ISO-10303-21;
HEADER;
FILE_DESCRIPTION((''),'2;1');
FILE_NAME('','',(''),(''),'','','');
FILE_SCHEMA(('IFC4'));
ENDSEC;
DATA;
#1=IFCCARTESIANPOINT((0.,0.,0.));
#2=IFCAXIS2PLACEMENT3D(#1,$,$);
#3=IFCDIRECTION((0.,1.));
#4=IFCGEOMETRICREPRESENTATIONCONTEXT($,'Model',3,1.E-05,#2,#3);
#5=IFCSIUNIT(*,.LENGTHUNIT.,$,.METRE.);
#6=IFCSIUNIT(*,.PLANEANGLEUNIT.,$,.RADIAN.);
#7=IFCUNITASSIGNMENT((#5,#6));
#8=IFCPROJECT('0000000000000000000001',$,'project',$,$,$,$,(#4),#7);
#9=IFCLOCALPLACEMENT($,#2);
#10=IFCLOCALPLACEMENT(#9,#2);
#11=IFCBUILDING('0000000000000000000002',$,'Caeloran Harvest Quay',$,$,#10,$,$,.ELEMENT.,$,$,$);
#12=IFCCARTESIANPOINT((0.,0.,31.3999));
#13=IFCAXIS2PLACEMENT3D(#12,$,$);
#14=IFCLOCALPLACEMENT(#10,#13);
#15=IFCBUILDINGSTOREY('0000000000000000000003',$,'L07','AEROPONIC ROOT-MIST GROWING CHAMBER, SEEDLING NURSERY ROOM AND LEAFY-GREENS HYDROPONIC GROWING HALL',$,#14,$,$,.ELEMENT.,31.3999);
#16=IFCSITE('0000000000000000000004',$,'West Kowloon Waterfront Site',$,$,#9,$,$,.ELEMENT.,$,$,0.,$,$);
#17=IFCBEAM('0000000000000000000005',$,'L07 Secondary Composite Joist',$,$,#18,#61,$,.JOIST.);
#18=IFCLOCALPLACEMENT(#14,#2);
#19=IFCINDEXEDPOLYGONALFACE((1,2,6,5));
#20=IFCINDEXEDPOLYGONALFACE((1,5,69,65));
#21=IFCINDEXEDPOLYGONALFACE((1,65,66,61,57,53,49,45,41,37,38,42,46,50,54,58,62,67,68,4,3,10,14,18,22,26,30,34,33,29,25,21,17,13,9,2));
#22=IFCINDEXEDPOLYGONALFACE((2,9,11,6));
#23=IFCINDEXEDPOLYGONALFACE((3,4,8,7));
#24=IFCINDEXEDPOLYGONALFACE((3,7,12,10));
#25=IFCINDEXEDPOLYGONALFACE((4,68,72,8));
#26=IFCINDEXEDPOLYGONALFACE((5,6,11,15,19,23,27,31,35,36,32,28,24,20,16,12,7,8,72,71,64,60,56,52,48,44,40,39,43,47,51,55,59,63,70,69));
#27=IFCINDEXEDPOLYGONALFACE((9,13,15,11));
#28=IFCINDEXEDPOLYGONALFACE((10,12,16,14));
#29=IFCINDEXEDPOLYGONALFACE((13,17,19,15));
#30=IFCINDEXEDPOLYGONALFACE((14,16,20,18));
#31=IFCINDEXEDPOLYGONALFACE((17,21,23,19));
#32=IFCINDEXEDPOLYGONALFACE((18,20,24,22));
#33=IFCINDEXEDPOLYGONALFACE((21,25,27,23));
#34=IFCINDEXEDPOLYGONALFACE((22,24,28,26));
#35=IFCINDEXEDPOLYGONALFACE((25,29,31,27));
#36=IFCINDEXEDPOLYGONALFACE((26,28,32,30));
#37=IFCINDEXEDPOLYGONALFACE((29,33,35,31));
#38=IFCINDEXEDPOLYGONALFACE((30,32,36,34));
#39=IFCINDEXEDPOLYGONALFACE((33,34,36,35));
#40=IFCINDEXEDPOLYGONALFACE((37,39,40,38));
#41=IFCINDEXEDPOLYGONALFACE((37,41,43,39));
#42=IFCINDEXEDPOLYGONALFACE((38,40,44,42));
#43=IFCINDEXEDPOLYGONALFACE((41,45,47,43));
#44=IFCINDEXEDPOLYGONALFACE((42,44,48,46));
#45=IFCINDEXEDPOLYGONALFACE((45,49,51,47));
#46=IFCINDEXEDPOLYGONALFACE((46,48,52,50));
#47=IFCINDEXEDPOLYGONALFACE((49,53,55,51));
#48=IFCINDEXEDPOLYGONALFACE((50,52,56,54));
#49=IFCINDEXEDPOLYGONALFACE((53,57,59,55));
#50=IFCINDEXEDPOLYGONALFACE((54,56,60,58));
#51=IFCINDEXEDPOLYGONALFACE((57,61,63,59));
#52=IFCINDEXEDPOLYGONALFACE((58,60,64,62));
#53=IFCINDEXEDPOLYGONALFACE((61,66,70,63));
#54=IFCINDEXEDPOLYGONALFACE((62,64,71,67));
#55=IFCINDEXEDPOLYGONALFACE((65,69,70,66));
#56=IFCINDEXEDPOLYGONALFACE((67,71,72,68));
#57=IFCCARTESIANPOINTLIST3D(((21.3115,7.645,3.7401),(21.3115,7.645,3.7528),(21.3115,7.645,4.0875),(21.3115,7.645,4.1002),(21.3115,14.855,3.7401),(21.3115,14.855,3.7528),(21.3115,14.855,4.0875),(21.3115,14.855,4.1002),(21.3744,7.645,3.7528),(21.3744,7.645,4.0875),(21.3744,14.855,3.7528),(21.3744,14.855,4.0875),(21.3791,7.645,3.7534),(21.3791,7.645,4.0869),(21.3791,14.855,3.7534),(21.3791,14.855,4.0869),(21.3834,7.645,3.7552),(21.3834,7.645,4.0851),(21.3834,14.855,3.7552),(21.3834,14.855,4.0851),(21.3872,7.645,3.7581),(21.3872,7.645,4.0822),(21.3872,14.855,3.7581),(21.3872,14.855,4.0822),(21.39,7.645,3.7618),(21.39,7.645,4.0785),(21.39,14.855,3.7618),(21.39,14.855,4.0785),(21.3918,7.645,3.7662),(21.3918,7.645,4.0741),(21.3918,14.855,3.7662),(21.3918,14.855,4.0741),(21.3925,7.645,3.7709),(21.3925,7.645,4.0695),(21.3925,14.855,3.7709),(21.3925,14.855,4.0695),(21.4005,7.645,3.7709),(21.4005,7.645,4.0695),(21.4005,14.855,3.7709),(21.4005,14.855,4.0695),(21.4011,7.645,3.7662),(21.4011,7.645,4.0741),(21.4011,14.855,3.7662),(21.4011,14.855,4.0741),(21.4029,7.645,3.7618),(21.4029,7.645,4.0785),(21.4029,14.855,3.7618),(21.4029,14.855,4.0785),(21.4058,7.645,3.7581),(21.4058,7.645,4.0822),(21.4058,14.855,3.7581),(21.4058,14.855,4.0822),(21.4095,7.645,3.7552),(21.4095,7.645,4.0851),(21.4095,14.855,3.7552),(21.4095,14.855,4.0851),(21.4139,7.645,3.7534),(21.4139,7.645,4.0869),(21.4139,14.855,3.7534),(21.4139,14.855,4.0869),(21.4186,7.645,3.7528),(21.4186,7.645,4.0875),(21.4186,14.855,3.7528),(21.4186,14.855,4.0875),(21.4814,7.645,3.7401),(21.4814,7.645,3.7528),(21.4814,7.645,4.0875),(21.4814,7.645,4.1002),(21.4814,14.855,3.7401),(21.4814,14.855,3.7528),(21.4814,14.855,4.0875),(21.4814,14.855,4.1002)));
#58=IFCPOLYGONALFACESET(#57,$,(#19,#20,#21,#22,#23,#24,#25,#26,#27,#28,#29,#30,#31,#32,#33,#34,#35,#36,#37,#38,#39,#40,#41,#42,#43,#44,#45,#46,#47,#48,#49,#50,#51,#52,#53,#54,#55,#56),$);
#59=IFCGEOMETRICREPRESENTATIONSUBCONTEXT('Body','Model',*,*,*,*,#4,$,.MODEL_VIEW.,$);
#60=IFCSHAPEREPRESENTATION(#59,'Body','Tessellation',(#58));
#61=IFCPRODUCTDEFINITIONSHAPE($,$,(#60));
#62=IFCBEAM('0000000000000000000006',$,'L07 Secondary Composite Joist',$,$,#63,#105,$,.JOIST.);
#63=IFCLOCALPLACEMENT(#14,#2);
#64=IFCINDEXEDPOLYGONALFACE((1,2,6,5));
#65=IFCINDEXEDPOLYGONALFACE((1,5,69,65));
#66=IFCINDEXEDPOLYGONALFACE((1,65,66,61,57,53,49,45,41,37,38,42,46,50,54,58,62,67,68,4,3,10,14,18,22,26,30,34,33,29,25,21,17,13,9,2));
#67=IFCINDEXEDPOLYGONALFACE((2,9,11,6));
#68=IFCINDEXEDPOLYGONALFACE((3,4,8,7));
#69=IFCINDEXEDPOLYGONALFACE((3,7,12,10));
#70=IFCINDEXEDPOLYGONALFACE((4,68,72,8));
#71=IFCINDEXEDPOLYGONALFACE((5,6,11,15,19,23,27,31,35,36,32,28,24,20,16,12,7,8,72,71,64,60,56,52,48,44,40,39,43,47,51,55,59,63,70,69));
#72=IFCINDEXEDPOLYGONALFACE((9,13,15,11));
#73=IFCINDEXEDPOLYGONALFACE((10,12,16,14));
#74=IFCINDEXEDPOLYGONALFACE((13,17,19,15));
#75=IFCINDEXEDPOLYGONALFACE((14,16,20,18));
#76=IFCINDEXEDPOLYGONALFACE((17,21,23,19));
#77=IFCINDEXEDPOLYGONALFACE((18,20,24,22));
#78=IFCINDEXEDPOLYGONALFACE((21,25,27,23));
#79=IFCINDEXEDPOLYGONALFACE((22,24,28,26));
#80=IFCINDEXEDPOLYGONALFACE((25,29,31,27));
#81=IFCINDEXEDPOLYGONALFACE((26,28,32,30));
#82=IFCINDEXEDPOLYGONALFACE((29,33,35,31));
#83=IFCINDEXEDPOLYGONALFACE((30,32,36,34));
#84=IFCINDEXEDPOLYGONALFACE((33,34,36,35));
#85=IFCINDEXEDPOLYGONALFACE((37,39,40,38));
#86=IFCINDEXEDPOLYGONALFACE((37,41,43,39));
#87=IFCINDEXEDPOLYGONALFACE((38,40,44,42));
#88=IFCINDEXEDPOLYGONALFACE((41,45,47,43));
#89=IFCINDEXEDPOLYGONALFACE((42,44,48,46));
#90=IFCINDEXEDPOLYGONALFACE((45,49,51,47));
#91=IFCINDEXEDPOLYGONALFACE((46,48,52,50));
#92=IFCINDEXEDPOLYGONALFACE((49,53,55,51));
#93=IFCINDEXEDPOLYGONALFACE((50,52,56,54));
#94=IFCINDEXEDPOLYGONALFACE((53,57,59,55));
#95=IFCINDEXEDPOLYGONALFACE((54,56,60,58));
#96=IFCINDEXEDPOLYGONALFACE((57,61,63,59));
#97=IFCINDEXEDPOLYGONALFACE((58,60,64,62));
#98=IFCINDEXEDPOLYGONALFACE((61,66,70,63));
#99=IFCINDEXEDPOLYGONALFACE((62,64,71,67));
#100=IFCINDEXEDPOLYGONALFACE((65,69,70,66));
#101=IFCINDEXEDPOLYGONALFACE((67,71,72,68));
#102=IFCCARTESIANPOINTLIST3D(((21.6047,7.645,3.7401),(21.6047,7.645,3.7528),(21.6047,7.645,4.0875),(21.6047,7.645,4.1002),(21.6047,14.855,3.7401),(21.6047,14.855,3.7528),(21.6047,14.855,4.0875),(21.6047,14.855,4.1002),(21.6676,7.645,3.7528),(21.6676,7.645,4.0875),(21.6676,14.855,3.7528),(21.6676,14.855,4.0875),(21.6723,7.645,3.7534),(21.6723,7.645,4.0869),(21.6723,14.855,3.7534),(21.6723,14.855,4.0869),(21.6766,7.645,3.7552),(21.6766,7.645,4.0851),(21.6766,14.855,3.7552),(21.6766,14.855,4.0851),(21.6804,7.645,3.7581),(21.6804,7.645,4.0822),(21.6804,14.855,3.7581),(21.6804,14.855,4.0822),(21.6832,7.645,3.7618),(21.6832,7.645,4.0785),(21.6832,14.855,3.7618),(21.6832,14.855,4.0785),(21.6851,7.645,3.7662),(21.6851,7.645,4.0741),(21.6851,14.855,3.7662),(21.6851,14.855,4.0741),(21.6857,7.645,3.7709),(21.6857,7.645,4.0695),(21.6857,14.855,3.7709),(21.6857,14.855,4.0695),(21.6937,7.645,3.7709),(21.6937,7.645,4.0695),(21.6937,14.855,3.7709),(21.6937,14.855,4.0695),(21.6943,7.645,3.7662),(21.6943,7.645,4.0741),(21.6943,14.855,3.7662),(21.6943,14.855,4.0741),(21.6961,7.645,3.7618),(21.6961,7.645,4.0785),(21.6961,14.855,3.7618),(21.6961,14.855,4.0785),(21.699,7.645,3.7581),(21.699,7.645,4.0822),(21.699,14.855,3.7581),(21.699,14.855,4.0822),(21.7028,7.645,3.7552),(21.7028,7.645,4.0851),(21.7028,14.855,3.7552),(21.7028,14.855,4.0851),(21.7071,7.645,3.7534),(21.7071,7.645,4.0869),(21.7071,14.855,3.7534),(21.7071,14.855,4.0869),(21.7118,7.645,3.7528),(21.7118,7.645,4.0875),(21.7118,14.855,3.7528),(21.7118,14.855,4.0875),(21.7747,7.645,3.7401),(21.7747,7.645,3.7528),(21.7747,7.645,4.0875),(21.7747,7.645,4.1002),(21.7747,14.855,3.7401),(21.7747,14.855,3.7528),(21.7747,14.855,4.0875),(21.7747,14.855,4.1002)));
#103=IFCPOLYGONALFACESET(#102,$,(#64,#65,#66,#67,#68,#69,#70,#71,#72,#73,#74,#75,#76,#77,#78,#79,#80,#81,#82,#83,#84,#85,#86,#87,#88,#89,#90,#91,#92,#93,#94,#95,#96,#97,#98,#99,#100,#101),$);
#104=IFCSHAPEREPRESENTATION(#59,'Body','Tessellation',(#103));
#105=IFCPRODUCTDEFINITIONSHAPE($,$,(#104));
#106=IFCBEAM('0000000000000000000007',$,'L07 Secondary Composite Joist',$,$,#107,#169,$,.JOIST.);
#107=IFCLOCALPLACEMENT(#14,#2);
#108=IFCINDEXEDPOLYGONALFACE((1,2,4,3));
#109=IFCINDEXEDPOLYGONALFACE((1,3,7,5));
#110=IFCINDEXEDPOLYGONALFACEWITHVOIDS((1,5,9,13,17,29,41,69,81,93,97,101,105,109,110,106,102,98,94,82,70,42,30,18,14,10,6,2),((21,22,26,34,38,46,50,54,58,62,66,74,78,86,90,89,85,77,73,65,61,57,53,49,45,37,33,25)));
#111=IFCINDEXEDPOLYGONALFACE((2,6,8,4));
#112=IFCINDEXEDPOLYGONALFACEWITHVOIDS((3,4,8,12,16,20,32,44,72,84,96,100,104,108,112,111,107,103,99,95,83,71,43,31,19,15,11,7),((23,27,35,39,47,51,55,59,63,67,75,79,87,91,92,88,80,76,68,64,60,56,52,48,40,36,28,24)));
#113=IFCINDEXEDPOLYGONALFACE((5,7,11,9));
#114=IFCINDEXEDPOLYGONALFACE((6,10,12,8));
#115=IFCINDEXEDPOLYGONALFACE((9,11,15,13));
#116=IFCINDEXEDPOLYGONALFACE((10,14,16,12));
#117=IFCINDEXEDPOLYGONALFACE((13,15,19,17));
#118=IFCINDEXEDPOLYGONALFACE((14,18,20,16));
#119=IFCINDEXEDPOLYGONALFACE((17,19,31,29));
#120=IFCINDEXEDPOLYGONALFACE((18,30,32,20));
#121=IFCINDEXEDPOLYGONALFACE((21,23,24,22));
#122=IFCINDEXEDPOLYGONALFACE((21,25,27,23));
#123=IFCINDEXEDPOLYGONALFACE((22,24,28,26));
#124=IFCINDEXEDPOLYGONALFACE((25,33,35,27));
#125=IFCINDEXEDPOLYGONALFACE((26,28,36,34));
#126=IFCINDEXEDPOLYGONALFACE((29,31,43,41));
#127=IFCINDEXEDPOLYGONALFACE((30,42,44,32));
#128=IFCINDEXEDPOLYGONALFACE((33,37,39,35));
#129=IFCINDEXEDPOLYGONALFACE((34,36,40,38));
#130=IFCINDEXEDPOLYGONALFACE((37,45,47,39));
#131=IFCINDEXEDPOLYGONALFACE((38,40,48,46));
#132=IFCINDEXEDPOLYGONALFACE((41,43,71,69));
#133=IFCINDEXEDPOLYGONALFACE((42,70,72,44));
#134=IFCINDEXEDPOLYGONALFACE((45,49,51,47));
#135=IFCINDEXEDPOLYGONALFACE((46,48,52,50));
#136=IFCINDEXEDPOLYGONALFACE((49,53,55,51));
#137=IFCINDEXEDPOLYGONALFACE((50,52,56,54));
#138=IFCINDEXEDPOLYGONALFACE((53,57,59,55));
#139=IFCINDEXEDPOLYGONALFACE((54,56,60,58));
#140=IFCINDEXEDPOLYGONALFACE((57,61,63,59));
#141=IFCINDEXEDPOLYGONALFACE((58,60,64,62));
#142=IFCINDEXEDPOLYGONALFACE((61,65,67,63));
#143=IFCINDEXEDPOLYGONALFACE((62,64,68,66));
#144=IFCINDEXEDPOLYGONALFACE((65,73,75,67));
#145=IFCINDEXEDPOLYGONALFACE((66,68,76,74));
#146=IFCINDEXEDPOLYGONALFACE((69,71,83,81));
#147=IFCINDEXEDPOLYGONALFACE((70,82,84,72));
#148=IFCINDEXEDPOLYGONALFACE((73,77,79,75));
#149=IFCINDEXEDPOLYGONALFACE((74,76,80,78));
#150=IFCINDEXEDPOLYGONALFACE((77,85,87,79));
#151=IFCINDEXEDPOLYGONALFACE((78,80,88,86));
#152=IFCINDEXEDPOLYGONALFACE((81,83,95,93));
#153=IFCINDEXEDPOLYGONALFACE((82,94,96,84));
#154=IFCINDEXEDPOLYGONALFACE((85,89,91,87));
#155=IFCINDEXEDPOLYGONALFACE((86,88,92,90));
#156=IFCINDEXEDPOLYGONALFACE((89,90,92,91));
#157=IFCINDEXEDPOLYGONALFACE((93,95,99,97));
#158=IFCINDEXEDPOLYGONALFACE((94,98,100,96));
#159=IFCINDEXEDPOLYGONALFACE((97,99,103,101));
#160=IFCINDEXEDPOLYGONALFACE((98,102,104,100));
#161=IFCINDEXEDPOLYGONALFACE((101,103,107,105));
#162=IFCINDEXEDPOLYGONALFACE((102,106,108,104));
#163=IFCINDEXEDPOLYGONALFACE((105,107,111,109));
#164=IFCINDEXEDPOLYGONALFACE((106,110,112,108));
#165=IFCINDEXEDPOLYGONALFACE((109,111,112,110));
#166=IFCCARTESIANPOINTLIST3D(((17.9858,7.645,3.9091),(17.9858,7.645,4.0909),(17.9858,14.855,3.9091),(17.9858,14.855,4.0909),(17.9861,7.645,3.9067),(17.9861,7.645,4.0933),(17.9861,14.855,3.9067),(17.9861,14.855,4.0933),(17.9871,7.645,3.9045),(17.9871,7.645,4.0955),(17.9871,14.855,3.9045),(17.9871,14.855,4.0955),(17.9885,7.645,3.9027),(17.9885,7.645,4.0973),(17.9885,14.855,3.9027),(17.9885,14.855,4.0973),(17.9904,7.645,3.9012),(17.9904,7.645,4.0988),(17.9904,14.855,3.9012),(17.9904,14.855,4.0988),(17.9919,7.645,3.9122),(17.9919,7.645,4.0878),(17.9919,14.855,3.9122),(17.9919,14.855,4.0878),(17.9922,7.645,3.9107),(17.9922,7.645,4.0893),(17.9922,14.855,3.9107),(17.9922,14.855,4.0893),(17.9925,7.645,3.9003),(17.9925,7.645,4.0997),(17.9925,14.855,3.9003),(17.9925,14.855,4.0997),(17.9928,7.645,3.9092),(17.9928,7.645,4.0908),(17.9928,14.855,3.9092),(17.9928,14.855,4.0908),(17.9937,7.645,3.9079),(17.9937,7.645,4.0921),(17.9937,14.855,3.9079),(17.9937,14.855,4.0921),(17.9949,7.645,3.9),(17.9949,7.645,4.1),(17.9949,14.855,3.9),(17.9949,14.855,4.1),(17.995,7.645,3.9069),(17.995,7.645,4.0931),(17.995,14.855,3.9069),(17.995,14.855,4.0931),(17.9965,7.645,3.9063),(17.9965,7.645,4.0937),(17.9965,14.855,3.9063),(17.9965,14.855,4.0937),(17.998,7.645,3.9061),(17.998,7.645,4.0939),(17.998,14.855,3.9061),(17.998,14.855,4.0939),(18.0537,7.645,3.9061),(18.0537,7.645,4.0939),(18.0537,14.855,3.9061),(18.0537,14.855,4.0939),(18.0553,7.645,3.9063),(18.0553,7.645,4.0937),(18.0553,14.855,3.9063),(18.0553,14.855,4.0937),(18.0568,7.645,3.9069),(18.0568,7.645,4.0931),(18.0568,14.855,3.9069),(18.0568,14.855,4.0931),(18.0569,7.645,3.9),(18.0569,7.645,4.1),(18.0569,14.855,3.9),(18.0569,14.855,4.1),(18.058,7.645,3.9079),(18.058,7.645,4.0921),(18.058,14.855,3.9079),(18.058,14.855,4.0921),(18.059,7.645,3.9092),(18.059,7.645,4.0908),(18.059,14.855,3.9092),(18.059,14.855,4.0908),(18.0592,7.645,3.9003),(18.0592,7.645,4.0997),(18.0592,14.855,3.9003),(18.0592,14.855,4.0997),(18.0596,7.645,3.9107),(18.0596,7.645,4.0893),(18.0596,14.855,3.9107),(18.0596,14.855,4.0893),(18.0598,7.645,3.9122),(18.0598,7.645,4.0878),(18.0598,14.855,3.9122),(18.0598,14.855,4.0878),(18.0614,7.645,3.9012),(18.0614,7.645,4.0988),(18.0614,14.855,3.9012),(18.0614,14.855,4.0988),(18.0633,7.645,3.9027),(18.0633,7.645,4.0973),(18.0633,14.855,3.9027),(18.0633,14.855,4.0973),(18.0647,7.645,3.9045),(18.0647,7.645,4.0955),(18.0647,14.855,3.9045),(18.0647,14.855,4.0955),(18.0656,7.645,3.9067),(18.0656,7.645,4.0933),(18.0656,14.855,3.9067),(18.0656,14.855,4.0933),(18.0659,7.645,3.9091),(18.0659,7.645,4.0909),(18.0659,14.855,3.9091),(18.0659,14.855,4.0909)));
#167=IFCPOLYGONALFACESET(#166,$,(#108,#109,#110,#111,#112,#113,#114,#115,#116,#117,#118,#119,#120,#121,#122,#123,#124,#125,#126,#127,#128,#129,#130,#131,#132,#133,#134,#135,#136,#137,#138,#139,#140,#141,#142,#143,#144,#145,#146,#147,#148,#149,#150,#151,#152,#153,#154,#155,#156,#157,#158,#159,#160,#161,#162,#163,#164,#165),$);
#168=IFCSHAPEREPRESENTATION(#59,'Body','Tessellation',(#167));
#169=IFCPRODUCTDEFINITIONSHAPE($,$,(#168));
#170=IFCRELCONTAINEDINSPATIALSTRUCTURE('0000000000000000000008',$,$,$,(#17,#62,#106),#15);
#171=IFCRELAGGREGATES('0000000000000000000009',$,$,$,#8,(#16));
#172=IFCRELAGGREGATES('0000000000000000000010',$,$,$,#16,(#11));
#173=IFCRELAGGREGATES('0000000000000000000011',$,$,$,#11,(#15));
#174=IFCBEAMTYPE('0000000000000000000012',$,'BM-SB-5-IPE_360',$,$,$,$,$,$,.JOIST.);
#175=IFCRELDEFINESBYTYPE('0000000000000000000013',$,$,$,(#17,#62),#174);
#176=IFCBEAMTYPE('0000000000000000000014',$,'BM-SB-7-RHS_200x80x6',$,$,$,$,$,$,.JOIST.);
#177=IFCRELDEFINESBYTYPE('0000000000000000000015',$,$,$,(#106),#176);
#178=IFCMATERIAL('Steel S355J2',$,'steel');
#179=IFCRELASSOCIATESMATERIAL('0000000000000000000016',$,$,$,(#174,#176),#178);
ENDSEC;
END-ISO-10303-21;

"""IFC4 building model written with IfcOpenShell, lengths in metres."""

from ifc_helpers import new_model, si_unit, direction, frame, origin, origin_2d, place, context, subcontext, project, spatial, hollow_rectangle, i_section, extrude, material, material_profile, profile_set, type_object, element, save


model = new_model("IFC4")

# Units and contexts
model_context = context("Model", 3, precision=1e-05, world=origin(), true_north=direction((0.0, 1.0)))
body_context = subcontext(model_context, "Body", "Model", "MODEL_VIEW")
ifc_project = project(units=[si_unit("LENGTHUNIT", "METRE"), si_unit("PLANEANGLEUNIT", "RADIAN")], contexts=[model_context])

# Site, building, storey
site_placement = place(None, origin())
site = spatial("IfcSite", under=ifc_project, at=site_placement, Name="West Kowloon Waterfront Site", CompositionType="ELEMENT", RefElevation=0.0)
building_placement = place(site_placement, origin())
building = spatial("IfcBuilding", under=site, at=building_placement, Name="Caeloran Harvest Quay", CompositionType="ELEMENT")
storey_placement = place(building_placement, frame((0.0, 0.0, 31.3999)))
storey = spatial("IfcBuildingStorey", under=building, at=storey_placement, Name="L07", Description="AEROPONIC ROOT-MIST GROWING CHAMBER, SEEDLING NURSERY ROOM AND LEAFY-GREENS HYDROPONIC GROWING HALL", CompositionType="ELEMENT", Elevation=31.3999)

# Beams
ifc_material = material(Name="Steel S355J2", Category="steel")
ifc_material_profile_1 = material_profile(ifc_material, i_section(OverallWidth=0.1699, OverallDepth=0.3601, WebThickness=0.0081, FlangeThickness=0.0127, FilletRadius=0.0181, at=origin_2d()), Name="IPE 360")
ifc_profile_set_1 = profile_set([ifc_material_profile_1], Name="Steel S355J2")
beam_type_1 = type_object("IfcBeamType", Name="BM-SB-5-IPE_360", PredefinedType="JOIST", material=ifc_profile_set_1)
for number, where, z_axis, x_axis, name in (
    (1, (21.3965, 7.645, 3.9202), (0.0, 1.0, 0.0), (-1.0, 0.0, 0.0), "L07 Secondary Composite Joist"),
    (2, (21.6897, 7.645, 3.9202), (0.0, 1.0, 0.0), (-1.0, 0.0, 0.0), "L07 Secondary Composite Joist"),
):
    element("IfcBeam", number, at=place(storey_placement, frame(where, z_axis=z_axis, x_axis=x_axis)), inside=storey, type_object=beam_type_1, Name=name, PredefinedType="JOIST", context=body_context, shape_type="SweptSolid", body=[
        extrude(i_section(OverallWidth=0.1699, OverallDepth=0.3601, WebThickness=0.0081, FlangeThickness=0.0127, FilletRadius=0.0181, at=origin_2d()), origin(), (0.0, 0.0, 1.0), 7.21),
    ])
ifc_material_profile_2 = material_profile(ifc_material, hollow_rectangle(XDim=0.0801, YDim=0.2, WallThickness=0.0061, InnerFilletRadius=0.0061, OuterFilletRadius=0.009, at=origin_2d()), Name="RHS 200x80x6")
ifc_profile_set_2 = profile_set([ifc_material_profile_2], Name="Steel S355J2")
beam_type_2 = type_object("IfcBeamType", Name="BM-SB-7-RHS_200x80x6", PredefinedType="JOIST", material=ifc_profile_set_2)
for number, where, z_axis, x_axis, name in (
    (3, (18.0259, 7.645, 4.0), (0.0, 1.0, 0.0), (-1.0, 0.0, 0.0), "L07 Secondary Composite Joist"),
):
    element("IfcBeam", number, at=place(storey_placement, frame(where, z_axis=z_axis, x_axis=x_axis)), inside=storey, type_object=beam_type_2, Name=name, PredefinedType="JOIST", context=body_context, shape_type="SweptSolid", body=[
        extrude(hollow_rectangle(XDim=0.0801, YDim=0.2, WallThickness=0.0061, InnerFilletRadius=0.0061, OuterFilletRadius=0.009, at=origin_2d()), origin(), (0.0, 0.0, 1.0), 7.21),
    ])

save(model, "model.ifc")
